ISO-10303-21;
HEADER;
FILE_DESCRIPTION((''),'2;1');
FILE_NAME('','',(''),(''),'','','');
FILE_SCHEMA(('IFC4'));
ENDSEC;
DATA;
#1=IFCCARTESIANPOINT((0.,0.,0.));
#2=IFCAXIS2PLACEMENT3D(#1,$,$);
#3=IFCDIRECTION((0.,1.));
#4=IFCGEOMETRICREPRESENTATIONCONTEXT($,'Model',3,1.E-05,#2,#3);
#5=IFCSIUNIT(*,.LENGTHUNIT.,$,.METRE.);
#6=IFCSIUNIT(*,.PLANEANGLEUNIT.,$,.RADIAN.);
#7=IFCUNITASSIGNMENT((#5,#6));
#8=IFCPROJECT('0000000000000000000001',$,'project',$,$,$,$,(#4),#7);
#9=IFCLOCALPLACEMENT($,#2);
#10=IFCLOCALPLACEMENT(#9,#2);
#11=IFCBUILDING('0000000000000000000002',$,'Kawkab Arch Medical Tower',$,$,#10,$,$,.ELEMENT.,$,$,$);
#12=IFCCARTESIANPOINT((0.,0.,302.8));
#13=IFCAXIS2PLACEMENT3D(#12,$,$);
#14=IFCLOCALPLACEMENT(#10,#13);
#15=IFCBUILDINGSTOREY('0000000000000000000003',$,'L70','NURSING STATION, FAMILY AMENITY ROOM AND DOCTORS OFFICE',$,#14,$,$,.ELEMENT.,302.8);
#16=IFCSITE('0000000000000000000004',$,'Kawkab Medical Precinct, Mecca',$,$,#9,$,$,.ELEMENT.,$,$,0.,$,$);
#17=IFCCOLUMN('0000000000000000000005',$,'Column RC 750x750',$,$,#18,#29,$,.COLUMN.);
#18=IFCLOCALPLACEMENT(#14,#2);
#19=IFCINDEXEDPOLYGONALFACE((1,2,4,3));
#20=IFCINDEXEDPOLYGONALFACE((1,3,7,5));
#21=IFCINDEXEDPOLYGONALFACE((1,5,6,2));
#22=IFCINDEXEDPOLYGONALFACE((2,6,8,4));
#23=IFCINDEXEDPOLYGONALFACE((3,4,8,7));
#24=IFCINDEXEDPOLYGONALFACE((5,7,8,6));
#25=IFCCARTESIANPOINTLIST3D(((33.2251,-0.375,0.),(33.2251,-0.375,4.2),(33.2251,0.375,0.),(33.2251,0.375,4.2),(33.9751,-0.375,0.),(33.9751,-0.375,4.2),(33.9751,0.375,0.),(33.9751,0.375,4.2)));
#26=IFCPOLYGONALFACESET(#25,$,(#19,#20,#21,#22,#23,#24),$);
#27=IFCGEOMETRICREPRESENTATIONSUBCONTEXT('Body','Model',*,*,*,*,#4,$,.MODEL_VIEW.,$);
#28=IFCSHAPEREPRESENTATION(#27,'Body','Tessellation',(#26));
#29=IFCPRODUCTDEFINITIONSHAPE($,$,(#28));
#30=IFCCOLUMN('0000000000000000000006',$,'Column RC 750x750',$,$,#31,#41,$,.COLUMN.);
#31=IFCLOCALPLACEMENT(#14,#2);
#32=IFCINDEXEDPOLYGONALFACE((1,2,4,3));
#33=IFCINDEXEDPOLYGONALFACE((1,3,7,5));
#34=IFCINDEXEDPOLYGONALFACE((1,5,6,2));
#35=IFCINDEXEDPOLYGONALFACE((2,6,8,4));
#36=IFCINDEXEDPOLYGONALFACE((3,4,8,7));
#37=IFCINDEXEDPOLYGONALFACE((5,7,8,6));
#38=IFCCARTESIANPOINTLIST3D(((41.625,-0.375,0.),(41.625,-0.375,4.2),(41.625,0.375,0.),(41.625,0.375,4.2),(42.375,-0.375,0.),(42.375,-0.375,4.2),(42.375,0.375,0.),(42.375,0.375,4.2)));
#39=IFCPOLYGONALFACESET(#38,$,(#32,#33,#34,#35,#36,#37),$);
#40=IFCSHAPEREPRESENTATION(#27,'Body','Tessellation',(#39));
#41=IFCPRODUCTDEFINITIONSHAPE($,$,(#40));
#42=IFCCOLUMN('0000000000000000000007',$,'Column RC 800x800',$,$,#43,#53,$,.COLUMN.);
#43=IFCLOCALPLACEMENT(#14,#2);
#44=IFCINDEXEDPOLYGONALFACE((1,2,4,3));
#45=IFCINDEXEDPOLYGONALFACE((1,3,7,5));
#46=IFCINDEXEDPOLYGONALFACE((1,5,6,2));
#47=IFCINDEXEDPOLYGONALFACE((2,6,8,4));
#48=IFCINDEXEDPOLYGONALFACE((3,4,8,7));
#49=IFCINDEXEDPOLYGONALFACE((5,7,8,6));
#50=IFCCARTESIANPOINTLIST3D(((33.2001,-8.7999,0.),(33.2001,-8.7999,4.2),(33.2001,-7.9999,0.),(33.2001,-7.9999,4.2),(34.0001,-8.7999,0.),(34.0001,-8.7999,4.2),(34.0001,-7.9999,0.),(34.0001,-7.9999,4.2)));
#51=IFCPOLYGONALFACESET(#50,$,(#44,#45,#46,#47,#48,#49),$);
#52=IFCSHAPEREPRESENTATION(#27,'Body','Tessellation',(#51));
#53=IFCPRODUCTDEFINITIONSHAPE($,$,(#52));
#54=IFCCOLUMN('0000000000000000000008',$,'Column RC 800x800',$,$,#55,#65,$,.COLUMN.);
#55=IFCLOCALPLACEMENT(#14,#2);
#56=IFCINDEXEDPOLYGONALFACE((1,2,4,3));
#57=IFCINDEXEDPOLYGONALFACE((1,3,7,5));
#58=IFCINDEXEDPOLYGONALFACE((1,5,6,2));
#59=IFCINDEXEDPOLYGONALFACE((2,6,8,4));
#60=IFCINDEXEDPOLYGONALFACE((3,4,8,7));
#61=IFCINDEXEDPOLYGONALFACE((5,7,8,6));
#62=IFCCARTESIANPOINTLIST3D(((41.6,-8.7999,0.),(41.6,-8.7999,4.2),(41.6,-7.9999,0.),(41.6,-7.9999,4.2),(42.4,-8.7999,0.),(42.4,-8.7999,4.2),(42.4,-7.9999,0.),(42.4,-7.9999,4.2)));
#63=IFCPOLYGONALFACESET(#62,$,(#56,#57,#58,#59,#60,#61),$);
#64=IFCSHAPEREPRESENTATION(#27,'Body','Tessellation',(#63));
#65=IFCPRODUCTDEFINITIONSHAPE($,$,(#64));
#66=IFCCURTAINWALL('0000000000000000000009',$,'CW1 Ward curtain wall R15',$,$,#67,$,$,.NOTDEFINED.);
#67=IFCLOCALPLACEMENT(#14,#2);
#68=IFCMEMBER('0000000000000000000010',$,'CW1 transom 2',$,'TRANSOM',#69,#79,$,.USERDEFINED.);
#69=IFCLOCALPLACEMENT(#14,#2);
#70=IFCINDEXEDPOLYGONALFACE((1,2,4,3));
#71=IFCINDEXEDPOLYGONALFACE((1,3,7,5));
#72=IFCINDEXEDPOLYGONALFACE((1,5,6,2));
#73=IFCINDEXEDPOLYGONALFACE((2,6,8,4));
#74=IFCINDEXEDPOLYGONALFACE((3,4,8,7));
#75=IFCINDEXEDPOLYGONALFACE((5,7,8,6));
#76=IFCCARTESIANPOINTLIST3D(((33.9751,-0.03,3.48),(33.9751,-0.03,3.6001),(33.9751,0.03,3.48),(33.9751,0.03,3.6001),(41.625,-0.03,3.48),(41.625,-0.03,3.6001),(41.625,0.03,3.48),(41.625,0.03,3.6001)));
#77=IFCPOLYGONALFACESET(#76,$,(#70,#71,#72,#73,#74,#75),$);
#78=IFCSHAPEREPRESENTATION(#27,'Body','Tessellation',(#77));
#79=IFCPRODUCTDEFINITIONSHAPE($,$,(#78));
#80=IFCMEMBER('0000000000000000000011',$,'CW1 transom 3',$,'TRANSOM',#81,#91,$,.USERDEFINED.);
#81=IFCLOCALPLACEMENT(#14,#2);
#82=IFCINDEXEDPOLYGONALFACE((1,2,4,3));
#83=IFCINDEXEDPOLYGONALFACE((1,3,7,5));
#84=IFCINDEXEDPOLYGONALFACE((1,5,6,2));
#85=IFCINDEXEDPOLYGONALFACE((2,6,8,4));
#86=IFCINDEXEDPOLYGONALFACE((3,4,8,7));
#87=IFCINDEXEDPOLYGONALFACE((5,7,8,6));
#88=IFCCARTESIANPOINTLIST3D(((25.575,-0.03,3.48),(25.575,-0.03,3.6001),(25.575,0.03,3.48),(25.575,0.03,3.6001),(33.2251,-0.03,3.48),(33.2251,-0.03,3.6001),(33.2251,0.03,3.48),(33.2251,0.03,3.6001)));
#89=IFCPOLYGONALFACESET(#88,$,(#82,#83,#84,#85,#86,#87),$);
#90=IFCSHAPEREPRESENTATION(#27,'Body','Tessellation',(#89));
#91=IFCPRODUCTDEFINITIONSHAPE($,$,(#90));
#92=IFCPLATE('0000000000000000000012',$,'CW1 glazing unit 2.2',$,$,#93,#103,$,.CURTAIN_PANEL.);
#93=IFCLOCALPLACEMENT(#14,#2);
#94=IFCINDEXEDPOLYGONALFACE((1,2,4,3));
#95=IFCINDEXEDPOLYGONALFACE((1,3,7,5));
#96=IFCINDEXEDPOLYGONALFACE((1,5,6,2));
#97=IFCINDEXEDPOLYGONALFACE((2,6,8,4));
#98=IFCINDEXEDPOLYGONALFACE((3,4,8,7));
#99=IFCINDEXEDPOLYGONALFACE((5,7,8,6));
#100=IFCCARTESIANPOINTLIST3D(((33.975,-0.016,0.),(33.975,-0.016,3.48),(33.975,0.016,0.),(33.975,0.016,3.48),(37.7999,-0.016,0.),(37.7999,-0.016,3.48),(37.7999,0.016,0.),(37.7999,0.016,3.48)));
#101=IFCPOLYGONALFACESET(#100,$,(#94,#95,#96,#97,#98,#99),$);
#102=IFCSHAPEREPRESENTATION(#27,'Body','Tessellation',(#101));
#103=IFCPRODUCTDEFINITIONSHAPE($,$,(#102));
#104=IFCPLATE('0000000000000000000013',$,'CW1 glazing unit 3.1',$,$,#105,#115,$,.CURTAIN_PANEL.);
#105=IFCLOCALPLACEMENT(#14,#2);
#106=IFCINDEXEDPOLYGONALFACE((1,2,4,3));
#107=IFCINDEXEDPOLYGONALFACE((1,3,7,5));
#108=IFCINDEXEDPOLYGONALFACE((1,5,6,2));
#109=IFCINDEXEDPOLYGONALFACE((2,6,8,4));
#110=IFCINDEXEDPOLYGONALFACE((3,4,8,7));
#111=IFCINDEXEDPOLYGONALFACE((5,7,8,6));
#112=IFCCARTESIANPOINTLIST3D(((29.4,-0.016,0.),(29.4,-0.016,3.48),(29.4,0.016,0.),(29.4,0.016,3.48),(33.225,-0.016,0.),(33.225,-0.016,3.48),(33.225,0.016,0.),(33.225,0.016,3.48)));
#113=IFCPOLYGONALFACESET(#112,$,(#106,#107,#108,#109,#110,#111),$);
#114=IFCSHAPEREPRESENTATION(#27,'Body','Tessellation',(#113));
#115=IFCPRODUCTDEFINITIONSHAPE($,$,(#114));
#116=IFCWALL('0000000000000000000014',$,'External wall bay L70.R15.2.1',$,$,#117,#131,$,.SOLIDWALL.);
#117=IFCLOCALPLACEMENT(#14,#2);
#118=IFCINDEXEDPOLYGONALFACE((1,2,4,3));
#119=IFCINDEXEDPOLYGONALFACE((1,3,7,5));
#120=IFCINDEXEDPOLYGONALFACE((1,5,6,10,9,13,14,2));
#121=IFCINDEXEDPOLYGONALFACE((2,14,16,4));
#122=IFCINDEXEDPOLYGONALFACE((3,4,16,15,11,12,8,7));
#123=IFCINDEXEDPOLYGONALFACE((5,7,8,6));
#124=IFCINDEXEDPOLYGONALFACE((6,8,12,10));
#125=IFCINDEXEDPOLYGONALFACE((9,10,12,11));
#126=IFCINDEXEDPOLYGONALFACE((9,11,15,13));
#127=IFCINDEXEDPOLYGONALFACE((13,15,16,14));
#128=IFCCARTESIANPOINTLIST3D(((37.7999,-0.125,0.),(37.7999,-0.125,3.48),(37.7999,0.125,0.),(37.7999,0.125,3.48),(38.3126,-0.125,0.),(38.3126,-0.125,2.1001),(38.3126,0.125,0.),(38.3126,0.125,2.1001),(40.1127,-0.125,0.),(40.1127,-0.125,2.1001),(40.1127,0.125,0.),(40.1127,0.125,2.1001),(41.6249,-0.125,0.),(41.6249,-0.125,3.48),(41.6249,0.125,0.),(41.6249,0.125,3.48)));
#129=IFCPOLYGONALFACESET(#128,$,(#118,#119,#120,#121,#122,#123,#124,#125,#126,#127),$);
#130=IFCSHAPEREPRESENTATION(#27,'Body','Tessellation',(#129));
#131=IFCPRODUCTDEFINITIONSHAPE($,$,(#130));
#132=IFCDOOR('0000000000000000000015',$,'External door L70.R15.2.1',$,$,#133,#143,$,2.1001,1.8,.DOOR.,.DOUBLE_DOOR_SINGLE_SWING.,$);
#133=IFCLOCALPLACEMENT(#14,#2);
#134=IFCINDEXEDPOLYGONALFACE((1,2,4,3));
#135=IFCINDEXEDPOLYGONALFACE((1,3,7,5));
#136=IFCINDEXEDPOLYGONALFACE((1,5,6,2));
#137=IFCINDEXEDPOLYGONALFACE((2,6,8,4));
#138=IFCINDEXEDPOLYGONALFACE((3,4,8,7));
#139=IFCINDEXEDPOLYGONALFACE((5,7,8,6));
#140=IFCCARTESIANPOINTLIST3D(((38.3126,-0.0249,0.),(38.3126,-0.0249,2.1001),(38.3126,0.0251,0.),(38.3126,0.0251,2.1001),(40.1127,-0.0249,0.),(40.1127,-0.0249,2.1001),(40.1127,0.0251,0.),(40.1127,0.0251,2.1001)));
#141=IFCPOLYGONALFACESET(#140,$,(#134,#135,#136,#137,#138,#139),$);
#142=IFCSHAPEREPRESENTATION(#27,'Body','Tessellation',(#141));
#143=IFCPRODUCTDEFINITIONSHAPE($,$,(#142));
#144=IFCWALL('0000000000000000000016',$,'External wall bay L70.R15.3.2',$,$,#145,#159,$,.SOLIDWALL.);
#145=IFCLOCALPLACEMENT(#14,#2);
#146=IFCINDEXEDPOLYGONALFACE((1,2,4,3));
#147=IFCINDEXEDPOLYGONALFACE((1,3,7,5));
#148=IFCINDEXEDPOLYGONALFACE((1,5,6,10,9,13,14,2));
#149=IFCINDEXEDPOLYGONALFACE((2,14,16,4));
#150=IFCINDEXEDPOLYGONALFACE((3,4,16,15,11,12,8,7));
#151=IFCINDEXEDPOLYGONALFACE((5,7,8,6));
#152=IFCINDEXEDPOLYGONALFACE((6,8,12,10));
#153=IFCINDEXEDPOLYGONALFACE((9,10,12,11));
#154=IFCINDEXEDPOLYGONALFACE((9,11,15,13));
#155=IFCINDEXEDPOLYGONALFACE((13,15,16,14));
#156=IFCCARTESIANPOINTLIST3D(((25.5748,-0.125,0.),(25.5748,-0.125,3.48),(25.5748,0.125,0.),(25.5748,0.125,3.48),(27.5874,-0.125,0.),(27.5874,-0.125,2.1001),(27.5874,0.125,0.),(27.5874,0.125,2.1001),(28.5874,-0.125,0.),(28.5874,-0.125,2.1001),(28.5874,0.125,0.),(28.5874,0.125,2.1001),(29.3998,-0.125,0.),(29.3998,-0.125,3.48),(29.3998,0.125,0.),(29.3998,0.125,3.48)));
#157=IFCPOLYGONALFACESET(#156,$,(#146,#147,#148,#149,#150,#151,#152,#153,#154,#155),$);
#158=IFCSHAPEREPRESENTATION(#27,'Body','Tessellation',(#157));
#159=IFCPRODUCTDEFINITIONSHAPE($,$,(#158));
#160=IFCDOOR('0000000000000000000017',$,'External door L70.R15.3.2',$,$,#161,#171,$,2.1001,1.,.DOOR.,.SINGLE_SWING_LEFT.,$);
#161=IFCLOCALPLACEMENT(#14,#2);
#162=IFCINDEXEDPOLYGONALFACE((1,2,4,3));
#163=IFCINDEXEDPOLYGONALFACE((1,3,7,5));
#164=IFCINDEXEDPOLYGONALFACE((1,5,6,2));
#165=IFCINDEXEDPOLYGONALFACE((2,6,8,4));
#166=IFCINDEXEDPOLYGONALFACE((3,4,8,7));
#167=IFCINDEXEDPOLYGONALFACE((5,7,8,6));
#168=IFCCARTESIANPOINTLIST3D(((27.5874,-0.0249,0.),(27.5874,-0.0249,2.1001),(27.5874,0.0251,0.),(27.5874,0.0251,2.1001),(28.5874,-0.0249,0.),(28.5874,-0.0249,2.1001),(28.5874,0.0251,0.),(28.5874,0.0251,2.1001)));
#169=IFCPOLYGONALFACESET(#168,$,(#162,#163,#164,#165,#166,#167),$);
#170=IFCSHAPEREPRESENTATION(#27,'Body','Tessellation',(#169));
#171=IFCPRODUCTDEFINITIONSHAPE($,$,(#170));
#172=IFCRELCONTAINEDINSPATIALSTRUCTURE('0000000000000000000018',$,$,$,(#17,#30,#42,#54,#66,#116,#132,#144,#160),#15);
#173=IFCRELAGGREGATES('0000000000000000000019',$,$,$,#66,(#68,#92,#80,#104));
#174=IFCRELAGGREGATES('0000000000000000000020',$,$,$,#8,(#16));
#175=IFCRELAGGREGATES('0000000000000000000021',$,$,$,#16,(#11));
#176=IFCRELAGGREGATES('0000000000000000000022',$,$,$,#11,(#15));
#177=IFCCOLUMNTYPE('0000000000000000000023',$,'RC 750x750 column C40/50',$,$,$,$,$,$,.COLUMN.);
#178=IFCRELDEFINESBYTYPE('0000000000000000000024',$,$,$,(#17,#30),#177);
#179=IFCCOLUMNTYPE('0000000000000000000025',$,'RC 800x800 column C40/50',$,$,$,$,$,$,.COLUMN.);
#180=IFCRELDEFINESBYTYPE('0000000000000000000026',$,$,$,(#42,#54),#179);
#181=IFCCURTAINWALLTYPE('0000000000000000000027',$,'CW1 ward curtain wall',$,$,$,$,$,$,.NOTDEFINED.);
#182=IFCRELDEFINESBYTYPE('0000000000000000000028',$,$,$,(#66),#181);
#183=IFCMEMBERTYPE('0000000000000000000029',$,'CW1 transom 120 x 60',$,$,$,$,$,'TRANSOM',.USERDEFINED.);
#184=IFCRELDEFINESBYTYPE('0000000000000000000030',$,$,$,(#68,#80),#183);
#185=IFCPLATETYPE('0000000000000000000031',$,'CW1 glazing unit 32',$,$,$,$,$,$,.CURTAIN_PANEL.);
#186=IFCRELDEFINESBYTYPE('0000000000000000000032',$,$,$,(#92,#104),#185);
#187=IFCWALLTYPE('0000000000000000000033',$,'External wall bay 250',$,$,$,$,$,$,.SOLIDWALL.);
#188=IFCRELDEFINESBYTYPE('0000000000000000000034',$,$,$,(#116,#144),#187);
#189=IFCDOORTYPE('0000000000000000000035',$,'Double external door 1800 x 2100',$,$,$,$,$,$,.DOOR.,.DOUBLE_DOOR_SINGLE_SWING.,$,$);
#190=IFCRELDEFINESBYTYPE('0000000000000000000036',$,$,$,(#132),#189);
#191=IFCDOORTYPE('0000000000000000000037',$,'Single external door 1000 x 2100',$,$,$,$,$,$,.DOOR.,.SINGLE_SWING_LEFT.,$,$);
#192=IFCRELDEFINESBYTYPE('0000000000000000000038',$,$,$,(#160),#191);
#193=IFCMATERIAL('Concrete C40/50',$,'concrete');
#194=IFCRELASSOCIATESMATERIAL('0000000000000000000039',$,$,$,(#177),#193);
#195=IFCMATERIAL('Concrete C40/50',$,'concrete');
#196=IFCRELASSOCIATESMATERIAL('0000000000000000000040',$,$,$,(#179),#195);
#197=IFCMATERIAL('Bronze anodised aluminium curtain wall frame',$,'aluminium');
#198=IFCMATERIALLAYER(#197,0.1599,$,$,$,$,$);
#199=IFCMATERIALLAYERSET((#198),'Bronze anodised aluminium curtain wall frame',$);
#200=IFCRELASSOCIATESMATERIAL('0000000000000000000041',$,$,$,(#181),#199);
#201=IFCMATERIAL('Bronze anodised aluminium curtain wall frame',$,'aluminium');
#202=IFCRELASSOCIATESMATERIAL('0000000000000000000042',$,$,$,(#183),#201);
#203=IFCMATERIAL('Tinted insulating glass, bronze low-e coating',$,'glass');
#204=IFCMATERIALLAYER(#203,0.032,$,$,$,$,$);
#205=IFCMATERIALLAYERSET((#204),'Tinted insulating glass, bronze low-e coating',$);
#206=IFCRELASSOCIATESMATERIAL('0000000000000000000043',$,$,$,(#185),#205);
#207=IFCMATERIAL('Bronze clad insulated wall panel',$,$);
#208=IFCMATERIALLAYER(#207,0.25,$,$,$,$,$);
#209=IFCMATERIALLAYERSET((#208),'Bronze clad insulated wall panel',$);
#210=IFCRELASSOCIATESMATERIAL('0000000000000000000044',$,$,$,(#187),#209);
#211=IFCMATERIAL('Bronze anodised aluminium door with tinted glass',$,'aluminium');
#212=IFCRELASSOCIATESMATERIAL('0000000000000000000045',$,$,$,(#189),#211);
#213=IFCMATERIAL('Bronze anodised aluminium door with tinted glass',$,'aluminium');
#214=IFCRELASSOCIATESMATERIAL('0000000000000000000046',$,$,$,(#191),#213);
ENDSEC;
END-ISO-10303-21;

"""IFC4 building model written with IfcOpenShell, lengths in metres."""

from ifc_helpers import new_model, si_unit, direction, frame, frame_2d, origin, origin_2d, place, context, subcontext, project, spatial, rectangle, extrude, material, layer, layer_set, material_profile, profile_set, type_object, element, fill, aggregate, save


model = new_model("IFC4")

# Units and contexts
model_context = context("Model", 3, precision=1e-05, world=origin(), true_north=direction((0.0, 1.0)))
body_context = subcontext(model_context, "Body", "Model", "MODEL_VIEW")
ifc_project = project(units=[si_unit("LENGTHUNIT", "METRE"), si_unit("PLANEANGLEUNIT", "RADIAN")], contexts=[model_context])

# Site, building, storey
site_placement = place(None, origin())
site = spatial("IfcSite", under=ifc_project, at=site_placement, Name="Kawkab Medical Precinct, Mecca", CompositionType="ELEMENT", RefElevation=0.0)
building_placement = place(site_placement, origin())
building = spatial("IfcBuilding", under=site, at=building_placement, Name="Kawkab Arch Medical Tower", CompositionType="ELEMENT")
storey_placement = place(building_placement, frame((0.0, 0.0, 302.8)))
storey = spatial("IfcBuildingStorey", under=building, at=storey_placement, Name="L70", Description="NURSING STATION, FAMILY AMENITY ROOM AND DOCTORS OFFICE", CompositionType="ELEMENT", Elevation=302.8)

# Columns
ifc_material_1 = material(Name="Concrete C40/50", Category="concrete")
ifc_material_profile_1 = material_profile(ifc_material_1, rectangle(XDim=0.75, YDim=0.75, at=origin_2d()), Name="RC 750x750")
ifc_profile_set_1 = profile_set([ifc_material_profile_1], Name="Concrete C40/50")
column_type_1 = type_object("IfcColumnType", Name="RC 750x750 column C40/50", PredefinedType="COLUMN", material=ifc_profile_set_1)
for number, where, z_axis, x_axis, name in (
    (1, (33.6001, 0.0, 0.0), (0.0, 0.0, 1.0), (1.0, 0.0, 0.0), "Column RC 750x750"),
    (2, (42.0, 0.0, 0.0), (0.0, 0.0, 1.0), (1.0, 0.0, 0.0), "Column RC 750x750"),
):
    element("IfcColumn", number, at=place(storey_placement, frame(where, z_axis=z_axis, x_axis=x_axis)), inside=storey, type_object=column_type_1, Name=name, PredefinedType="COLUMN", context=body_context, shape_type="SweptSolid", body=[
        extrude(rectangle(XDim=0.75, YDim=0.75, at=origin_2d()), origin(), (0.0, 0.0, 1.0), 4.2),
    ])
ifc_material_2 = material(Name="Concrete C40/50", Category="concrete")
ifc_material_profile_2 = material_profile(ifc_material_2, rectangle(XDim=0.8, YDim=0.8, at=origin_2d()), Name="RC 800x800")
ifc_profile_set_2 = profile_set([ifc_material_profile_2], Name="Concrete C40/50")
column_type_2 = type_object("IfcColumnType", Name="RC 800x800 column C40/50", PredefinedType="COLUMN", material=ifc_profile_set_2)
for number, where, z_axis, x_axis, name in (
    (3, (33.6001, -8.3999, 0.0), (0.0, 0.0, 1.0), (1.0, 0.0, 0.0), "Column RC 800x800"),
    (4, (42.0, -8.3999, 0.0), (0.0, 0.0, 1.0), (1.0, 0.0, 0.0), "Column RC 800x800"),
):
    element("IfcColumn", number, at=place(storey_placement, frame(where, z_axis=z_axis, x_axis=x_axis)), inside=storey, type_object=column_type_2, Name=name, PredefinedType="COLUMN", context=body_context, shape_type="SweptSolid", body=[
        extrude(rectangle(XDim=0.8, YDim=0.8, at=origin_2d()), origin(), (0.0, 0.0, 1.0), 4.2),
    ])

# Curtain wall, members, plates
ifc_material_3 = material(Name="Bronze anodised aluminium curtain wall frame", Category="aluminium")
ifc_layer_1 = layer(ifc_material_3, 0.1599)
ifc_layer_set_1 = layer_set([ifc_layer_1], Name="Bronze anodised aluminium curtain wall frame")
curtain_wall_type = type_object("IfcCurtainWallType", Name="CW1 ward curtain wall", PredefinedType="NOTDEFINED", material=ifc_layer_set_1)
curtain_wall_placement = place(storey_placement, origin())
curtain_wall = element("IfcCurtainWall", 5, at=curtain_wall_placement, inside=storey, type_object=curtain_wall_type, Name="CW1 Ward curtain wall R15", PredefinedType="NOTDEFINED")
ifc_material_4 = material(Name="Bronze anodised aluminium curtain wall frame", Category="aluminium")
ifc_material_profile_3 = material_profile(ifc_material_4, rectangle(XDim=0.0601, YDim=0.1201, at=origin_2d()), Name="AL 60x120")
ifc_profile_set_3 = profile_set([ifc_material_profile_3], Name="Bronze anodised aluminium curtain wall frame")
member_type = type_object("IfcMemberType", Name="CW1 transom 120 x 60", ElementType="TRANSOM", PredefinedType="USERDEFINED", material=ifc_profile_set_3)
member_1_placement = place(storey_placement, frame((41.625, 0.0, 3.54), z_axis=(-1.0, 0.0, 0.0), x_axis=(0.0, -1.0, 0.0)))
member_1 = element("IfcMember", 6, at=member_1_placement, type_object=member_type, Name="CW1 transom 2", ObjectType="TRANSOM", PredefinedType="USERDEFINED", context=body_context, shape_type="SweptSolid", body=[
    extrude(rectangle(XDim=0.0601, YDim=0.1201, at=origin_2d()), origin(), (0.0, 0.0, 1.0), 7.6499),
])
member_2_placement = place(storey_placement, frame((33.2251, 0.0, 3.54), z_axis=(-1.0, 0.0, 0.0), x_axis=(0.0, -1.0, 0.0)))
member_2 = element("IfcMember", 7, at=member_2_placement, type_object=member_type, Name="CW1 transom 3", ObjectType="TRANSOM", PredefinedType="USERDEFINED", context=body_context, shape_type="SweptSolid", body=[
    extrude(rectangle(XDim=0.0601, YDim=0.1201, at=origin_2d()), origin(), (0.0, 0.0, 1.0), 7.6501),
])
ifc_material_5 = material(Name="Tinted insulating glass, bronze low-e coating", Category="glass")
ifc_layer_2 = layer(ifc_material_5, 0.032)
ifc_layer_set_2 = layer_set([ifc_layer_2], Name="Tinted insulating glass, bronze low-e coating")
plate_type = type_object("IfcPlateType", Name="CW1 glazing unit 32", PredefinedType="CURTAIN_PANEL", material=ifc_layer_set_2)
plate_1_placement = place(storey_placement, frame((35.8875, 0.0, 0.0), z_axis=(0.0, 0.0, 1.0), x_axis=(-1.0, 0.0, 0.0)))
plate_1 = element("IfcPlate", 8, at=plate_1_placement, type_object=plate_type, Name="CW1 glazing unit 2.2", PredefinedType="CURTAIN_PANEL", context=body_context, shape_type="SweptSolid", body=[
    extrude(rectangle(XDim=3.825, YDim=0.032, at=origin_2d()), origin(), (0.0, 0.0, 1.0), 3.48),
])
plate_2_placement = place(storey_placement, frame((31.3125, 0.0, 0.0), z_axis=(0.0, 0.0, 1.0), x_axis=(-1.0, 0.0, 0.0)))
plate_2 = element("IfcPlate", 9, at=plate_2_placement, type_object=plate_type, Name="CW1 glazing unit 3.1", PredefinedType="CURTAIN_PANEL", context=body_context, shape_type="SweptSolid", body=[
    extrude(rectangle(XDim=3.825, YDim=0.032, at=origin_2d()), origin(), (0.0, 0.0, 1.0), 3.48),
])
aggregate(curtain_wall, [member_1, plate_1, member_2, plate_2])

# Walls, openings, doors
ifc_material_6 = material(Name="Bronze clad insulated wall panel")
ifc_layer_3 = layer(ifc_material_6, 0.25)
ifc_layer_set_3 = layer_set([ifc_layer_3], Name="Bronze clad insulated wall panel")
wall_type_1 = type_object("IfcWallType", Name="External wall bay 250", PredefinedType="SOLIDWALL", material=ifc_layer_set_3)
wall_1_placement = place(storey_placement, frame((41.625, 0.0, 0.0), z_axis=(0.0, 0.0, 1.0), x_axis=(-1.0, 0.0, 0.0)))
wall_1 = element("IfcWall", 10, at=wall_1_placement, inside=storey, type_object=wall_type_1, Name="External wall bay L70.R15.2.1", PredefinedType="SOLIDWALL", context=body_context, shape_type="SweptSolid", body=[
    extrude(rectangle(XDim=3.825, YDim=0.25, at=frame_2d((1.9126, 0.0))), origin(), (0.0, 0.0, 1.0), 3.48),
])
opening_1_placement = place(wall_1_placement, frame((1.5125, 0.0, 0.0)))
opening_1 = element("IfcOpeningElement", 11, at=opening_1_placement, cuts=wall_1, PredefinedType="OPENING", context=body_context, shape_type="SweptSolid", body=[
    extrude(rectangle(XDim=1.8, YDim=2.1001, at=frame_2d((0.8999, 1.05))), frame((0.0, 0.135, 0.0), z_axis=(0.0, -1.0, 0.0), x_axis=(1.0, 0.0, 0.0)), (0.0, 0.0, 1.0), 0.27),
])
ifc_material_7 = material(Name="Bronze anodised aluminium door with tinted glass", Category="aluminium")
door_type_1 = type_object("IfcDoorType", Name="Double external door 1800 x 2100", OperationType="DOUBLE_DOOR_SINGLE_SWING", PredefinedType="DOOR", material=ifc_material_7)
door_1_placement = place(opening_1_placement, origin())
door_1 = element("IfcDoor", 12, at=door_1_placement, inside=storey, type_object=door_type_1, Name="External door L70.R15.2.1", OperationType="DOUBLE_DOOR_SINGLE_SWING", OverallHeight=2.1001, OverallWidth=1.8, PredefinedType="DOOR", context=body_context, shape_type="SweptSolid", body=[
    extrude(rectangle(XDim=1.8, YDim=2.1001, at=frame_2d((0.8999, 1.05))), frame((0.0, 0.0249, 0.0), z_axis=(0.0, -1.0, 0.0), x_axis=(1.0, 0.0, 0.0)), (0.0, 0.0, 1.0), 0.05),
])
fill(opening_1, door_1)
wall_2_placement = place(storey_placement, frame((29.3999, 0.0, 0.0), z_axis=(0.0, 0.0, 1.0), x_axis=(-1.0, 0.0, 0.0)))
wall_2 = element("IfcWall", 13, at=wall_2_placement, inside=storey, type_object=wall_type_1, Name="External wall bay L70.R15.3.2", PredefinedType="SOLIDWALL", context=body_context, shape_type="SweptSolid", body=[
    extrude(rectangle(XDim=3.825, YDim=0.25, at=frame_2d((1.9126, 0.0))), origin(), (0.0, 0.0, 1.0), 3.48),
])
opening_2_placement = place(wall_2_placement, frame((0.8125, 0.0, 0.0)))
opening_2 = element("IfcOpeningElement", 14, at=opening_2_placement, cuts=wall_2, PredefinedType="OPENING", context=body_context, shape_type="SweptSolid", body=[
    extrude(rectangle(XDim=1.0, YDim=2.1001, at=frame_2d((0.5, 1.05))), frame((0.0, 0.135, 0.0), z_axis=(0.0, -1.0, 0.0), x_axis=(1.0, 0.0, 0.0)), (0.0, 0.0, 1.0), 0.27),
])
ifc_material_8 = material(Name="Bronze anodised aluminium door with tinted glass", Category="aluminium")
door_type_2 = type_object("IfcDoorType", Name="Single external door 1000 x 2100", OperationType="SINGLE_SWING_LEFT", PredefinedType="DOOR", material=ifc_material_8)
door_2_placement = place(opening_2_placement, origin())
door_2 = element("IfcDoor", 15, at=door_2_placement, inside=storey, type_object=door_type_2, Name="External door L70.R15.3.2", OperationType="SINGLE_SWING_LEFT", OverallHeight=2.1001, OverallWidth=1.0, PredefinedType="DOOR", context=body_context, shape_type="SweptSolid", body=[
    extrude(rectangle(XDim=1.0, YDim=2.1001, at=frame_2d((0.5, 1.05))), frame((0.0, 0.0249, 0.0), z_axis=(0.0, -1.0, 0.0), x_axis=(1.0, 0.0, 0.0)), (0.0, 0.0, 1.0), 0.05),
])
fill(opening_2, door_2)

save(model, "model.ifc")
